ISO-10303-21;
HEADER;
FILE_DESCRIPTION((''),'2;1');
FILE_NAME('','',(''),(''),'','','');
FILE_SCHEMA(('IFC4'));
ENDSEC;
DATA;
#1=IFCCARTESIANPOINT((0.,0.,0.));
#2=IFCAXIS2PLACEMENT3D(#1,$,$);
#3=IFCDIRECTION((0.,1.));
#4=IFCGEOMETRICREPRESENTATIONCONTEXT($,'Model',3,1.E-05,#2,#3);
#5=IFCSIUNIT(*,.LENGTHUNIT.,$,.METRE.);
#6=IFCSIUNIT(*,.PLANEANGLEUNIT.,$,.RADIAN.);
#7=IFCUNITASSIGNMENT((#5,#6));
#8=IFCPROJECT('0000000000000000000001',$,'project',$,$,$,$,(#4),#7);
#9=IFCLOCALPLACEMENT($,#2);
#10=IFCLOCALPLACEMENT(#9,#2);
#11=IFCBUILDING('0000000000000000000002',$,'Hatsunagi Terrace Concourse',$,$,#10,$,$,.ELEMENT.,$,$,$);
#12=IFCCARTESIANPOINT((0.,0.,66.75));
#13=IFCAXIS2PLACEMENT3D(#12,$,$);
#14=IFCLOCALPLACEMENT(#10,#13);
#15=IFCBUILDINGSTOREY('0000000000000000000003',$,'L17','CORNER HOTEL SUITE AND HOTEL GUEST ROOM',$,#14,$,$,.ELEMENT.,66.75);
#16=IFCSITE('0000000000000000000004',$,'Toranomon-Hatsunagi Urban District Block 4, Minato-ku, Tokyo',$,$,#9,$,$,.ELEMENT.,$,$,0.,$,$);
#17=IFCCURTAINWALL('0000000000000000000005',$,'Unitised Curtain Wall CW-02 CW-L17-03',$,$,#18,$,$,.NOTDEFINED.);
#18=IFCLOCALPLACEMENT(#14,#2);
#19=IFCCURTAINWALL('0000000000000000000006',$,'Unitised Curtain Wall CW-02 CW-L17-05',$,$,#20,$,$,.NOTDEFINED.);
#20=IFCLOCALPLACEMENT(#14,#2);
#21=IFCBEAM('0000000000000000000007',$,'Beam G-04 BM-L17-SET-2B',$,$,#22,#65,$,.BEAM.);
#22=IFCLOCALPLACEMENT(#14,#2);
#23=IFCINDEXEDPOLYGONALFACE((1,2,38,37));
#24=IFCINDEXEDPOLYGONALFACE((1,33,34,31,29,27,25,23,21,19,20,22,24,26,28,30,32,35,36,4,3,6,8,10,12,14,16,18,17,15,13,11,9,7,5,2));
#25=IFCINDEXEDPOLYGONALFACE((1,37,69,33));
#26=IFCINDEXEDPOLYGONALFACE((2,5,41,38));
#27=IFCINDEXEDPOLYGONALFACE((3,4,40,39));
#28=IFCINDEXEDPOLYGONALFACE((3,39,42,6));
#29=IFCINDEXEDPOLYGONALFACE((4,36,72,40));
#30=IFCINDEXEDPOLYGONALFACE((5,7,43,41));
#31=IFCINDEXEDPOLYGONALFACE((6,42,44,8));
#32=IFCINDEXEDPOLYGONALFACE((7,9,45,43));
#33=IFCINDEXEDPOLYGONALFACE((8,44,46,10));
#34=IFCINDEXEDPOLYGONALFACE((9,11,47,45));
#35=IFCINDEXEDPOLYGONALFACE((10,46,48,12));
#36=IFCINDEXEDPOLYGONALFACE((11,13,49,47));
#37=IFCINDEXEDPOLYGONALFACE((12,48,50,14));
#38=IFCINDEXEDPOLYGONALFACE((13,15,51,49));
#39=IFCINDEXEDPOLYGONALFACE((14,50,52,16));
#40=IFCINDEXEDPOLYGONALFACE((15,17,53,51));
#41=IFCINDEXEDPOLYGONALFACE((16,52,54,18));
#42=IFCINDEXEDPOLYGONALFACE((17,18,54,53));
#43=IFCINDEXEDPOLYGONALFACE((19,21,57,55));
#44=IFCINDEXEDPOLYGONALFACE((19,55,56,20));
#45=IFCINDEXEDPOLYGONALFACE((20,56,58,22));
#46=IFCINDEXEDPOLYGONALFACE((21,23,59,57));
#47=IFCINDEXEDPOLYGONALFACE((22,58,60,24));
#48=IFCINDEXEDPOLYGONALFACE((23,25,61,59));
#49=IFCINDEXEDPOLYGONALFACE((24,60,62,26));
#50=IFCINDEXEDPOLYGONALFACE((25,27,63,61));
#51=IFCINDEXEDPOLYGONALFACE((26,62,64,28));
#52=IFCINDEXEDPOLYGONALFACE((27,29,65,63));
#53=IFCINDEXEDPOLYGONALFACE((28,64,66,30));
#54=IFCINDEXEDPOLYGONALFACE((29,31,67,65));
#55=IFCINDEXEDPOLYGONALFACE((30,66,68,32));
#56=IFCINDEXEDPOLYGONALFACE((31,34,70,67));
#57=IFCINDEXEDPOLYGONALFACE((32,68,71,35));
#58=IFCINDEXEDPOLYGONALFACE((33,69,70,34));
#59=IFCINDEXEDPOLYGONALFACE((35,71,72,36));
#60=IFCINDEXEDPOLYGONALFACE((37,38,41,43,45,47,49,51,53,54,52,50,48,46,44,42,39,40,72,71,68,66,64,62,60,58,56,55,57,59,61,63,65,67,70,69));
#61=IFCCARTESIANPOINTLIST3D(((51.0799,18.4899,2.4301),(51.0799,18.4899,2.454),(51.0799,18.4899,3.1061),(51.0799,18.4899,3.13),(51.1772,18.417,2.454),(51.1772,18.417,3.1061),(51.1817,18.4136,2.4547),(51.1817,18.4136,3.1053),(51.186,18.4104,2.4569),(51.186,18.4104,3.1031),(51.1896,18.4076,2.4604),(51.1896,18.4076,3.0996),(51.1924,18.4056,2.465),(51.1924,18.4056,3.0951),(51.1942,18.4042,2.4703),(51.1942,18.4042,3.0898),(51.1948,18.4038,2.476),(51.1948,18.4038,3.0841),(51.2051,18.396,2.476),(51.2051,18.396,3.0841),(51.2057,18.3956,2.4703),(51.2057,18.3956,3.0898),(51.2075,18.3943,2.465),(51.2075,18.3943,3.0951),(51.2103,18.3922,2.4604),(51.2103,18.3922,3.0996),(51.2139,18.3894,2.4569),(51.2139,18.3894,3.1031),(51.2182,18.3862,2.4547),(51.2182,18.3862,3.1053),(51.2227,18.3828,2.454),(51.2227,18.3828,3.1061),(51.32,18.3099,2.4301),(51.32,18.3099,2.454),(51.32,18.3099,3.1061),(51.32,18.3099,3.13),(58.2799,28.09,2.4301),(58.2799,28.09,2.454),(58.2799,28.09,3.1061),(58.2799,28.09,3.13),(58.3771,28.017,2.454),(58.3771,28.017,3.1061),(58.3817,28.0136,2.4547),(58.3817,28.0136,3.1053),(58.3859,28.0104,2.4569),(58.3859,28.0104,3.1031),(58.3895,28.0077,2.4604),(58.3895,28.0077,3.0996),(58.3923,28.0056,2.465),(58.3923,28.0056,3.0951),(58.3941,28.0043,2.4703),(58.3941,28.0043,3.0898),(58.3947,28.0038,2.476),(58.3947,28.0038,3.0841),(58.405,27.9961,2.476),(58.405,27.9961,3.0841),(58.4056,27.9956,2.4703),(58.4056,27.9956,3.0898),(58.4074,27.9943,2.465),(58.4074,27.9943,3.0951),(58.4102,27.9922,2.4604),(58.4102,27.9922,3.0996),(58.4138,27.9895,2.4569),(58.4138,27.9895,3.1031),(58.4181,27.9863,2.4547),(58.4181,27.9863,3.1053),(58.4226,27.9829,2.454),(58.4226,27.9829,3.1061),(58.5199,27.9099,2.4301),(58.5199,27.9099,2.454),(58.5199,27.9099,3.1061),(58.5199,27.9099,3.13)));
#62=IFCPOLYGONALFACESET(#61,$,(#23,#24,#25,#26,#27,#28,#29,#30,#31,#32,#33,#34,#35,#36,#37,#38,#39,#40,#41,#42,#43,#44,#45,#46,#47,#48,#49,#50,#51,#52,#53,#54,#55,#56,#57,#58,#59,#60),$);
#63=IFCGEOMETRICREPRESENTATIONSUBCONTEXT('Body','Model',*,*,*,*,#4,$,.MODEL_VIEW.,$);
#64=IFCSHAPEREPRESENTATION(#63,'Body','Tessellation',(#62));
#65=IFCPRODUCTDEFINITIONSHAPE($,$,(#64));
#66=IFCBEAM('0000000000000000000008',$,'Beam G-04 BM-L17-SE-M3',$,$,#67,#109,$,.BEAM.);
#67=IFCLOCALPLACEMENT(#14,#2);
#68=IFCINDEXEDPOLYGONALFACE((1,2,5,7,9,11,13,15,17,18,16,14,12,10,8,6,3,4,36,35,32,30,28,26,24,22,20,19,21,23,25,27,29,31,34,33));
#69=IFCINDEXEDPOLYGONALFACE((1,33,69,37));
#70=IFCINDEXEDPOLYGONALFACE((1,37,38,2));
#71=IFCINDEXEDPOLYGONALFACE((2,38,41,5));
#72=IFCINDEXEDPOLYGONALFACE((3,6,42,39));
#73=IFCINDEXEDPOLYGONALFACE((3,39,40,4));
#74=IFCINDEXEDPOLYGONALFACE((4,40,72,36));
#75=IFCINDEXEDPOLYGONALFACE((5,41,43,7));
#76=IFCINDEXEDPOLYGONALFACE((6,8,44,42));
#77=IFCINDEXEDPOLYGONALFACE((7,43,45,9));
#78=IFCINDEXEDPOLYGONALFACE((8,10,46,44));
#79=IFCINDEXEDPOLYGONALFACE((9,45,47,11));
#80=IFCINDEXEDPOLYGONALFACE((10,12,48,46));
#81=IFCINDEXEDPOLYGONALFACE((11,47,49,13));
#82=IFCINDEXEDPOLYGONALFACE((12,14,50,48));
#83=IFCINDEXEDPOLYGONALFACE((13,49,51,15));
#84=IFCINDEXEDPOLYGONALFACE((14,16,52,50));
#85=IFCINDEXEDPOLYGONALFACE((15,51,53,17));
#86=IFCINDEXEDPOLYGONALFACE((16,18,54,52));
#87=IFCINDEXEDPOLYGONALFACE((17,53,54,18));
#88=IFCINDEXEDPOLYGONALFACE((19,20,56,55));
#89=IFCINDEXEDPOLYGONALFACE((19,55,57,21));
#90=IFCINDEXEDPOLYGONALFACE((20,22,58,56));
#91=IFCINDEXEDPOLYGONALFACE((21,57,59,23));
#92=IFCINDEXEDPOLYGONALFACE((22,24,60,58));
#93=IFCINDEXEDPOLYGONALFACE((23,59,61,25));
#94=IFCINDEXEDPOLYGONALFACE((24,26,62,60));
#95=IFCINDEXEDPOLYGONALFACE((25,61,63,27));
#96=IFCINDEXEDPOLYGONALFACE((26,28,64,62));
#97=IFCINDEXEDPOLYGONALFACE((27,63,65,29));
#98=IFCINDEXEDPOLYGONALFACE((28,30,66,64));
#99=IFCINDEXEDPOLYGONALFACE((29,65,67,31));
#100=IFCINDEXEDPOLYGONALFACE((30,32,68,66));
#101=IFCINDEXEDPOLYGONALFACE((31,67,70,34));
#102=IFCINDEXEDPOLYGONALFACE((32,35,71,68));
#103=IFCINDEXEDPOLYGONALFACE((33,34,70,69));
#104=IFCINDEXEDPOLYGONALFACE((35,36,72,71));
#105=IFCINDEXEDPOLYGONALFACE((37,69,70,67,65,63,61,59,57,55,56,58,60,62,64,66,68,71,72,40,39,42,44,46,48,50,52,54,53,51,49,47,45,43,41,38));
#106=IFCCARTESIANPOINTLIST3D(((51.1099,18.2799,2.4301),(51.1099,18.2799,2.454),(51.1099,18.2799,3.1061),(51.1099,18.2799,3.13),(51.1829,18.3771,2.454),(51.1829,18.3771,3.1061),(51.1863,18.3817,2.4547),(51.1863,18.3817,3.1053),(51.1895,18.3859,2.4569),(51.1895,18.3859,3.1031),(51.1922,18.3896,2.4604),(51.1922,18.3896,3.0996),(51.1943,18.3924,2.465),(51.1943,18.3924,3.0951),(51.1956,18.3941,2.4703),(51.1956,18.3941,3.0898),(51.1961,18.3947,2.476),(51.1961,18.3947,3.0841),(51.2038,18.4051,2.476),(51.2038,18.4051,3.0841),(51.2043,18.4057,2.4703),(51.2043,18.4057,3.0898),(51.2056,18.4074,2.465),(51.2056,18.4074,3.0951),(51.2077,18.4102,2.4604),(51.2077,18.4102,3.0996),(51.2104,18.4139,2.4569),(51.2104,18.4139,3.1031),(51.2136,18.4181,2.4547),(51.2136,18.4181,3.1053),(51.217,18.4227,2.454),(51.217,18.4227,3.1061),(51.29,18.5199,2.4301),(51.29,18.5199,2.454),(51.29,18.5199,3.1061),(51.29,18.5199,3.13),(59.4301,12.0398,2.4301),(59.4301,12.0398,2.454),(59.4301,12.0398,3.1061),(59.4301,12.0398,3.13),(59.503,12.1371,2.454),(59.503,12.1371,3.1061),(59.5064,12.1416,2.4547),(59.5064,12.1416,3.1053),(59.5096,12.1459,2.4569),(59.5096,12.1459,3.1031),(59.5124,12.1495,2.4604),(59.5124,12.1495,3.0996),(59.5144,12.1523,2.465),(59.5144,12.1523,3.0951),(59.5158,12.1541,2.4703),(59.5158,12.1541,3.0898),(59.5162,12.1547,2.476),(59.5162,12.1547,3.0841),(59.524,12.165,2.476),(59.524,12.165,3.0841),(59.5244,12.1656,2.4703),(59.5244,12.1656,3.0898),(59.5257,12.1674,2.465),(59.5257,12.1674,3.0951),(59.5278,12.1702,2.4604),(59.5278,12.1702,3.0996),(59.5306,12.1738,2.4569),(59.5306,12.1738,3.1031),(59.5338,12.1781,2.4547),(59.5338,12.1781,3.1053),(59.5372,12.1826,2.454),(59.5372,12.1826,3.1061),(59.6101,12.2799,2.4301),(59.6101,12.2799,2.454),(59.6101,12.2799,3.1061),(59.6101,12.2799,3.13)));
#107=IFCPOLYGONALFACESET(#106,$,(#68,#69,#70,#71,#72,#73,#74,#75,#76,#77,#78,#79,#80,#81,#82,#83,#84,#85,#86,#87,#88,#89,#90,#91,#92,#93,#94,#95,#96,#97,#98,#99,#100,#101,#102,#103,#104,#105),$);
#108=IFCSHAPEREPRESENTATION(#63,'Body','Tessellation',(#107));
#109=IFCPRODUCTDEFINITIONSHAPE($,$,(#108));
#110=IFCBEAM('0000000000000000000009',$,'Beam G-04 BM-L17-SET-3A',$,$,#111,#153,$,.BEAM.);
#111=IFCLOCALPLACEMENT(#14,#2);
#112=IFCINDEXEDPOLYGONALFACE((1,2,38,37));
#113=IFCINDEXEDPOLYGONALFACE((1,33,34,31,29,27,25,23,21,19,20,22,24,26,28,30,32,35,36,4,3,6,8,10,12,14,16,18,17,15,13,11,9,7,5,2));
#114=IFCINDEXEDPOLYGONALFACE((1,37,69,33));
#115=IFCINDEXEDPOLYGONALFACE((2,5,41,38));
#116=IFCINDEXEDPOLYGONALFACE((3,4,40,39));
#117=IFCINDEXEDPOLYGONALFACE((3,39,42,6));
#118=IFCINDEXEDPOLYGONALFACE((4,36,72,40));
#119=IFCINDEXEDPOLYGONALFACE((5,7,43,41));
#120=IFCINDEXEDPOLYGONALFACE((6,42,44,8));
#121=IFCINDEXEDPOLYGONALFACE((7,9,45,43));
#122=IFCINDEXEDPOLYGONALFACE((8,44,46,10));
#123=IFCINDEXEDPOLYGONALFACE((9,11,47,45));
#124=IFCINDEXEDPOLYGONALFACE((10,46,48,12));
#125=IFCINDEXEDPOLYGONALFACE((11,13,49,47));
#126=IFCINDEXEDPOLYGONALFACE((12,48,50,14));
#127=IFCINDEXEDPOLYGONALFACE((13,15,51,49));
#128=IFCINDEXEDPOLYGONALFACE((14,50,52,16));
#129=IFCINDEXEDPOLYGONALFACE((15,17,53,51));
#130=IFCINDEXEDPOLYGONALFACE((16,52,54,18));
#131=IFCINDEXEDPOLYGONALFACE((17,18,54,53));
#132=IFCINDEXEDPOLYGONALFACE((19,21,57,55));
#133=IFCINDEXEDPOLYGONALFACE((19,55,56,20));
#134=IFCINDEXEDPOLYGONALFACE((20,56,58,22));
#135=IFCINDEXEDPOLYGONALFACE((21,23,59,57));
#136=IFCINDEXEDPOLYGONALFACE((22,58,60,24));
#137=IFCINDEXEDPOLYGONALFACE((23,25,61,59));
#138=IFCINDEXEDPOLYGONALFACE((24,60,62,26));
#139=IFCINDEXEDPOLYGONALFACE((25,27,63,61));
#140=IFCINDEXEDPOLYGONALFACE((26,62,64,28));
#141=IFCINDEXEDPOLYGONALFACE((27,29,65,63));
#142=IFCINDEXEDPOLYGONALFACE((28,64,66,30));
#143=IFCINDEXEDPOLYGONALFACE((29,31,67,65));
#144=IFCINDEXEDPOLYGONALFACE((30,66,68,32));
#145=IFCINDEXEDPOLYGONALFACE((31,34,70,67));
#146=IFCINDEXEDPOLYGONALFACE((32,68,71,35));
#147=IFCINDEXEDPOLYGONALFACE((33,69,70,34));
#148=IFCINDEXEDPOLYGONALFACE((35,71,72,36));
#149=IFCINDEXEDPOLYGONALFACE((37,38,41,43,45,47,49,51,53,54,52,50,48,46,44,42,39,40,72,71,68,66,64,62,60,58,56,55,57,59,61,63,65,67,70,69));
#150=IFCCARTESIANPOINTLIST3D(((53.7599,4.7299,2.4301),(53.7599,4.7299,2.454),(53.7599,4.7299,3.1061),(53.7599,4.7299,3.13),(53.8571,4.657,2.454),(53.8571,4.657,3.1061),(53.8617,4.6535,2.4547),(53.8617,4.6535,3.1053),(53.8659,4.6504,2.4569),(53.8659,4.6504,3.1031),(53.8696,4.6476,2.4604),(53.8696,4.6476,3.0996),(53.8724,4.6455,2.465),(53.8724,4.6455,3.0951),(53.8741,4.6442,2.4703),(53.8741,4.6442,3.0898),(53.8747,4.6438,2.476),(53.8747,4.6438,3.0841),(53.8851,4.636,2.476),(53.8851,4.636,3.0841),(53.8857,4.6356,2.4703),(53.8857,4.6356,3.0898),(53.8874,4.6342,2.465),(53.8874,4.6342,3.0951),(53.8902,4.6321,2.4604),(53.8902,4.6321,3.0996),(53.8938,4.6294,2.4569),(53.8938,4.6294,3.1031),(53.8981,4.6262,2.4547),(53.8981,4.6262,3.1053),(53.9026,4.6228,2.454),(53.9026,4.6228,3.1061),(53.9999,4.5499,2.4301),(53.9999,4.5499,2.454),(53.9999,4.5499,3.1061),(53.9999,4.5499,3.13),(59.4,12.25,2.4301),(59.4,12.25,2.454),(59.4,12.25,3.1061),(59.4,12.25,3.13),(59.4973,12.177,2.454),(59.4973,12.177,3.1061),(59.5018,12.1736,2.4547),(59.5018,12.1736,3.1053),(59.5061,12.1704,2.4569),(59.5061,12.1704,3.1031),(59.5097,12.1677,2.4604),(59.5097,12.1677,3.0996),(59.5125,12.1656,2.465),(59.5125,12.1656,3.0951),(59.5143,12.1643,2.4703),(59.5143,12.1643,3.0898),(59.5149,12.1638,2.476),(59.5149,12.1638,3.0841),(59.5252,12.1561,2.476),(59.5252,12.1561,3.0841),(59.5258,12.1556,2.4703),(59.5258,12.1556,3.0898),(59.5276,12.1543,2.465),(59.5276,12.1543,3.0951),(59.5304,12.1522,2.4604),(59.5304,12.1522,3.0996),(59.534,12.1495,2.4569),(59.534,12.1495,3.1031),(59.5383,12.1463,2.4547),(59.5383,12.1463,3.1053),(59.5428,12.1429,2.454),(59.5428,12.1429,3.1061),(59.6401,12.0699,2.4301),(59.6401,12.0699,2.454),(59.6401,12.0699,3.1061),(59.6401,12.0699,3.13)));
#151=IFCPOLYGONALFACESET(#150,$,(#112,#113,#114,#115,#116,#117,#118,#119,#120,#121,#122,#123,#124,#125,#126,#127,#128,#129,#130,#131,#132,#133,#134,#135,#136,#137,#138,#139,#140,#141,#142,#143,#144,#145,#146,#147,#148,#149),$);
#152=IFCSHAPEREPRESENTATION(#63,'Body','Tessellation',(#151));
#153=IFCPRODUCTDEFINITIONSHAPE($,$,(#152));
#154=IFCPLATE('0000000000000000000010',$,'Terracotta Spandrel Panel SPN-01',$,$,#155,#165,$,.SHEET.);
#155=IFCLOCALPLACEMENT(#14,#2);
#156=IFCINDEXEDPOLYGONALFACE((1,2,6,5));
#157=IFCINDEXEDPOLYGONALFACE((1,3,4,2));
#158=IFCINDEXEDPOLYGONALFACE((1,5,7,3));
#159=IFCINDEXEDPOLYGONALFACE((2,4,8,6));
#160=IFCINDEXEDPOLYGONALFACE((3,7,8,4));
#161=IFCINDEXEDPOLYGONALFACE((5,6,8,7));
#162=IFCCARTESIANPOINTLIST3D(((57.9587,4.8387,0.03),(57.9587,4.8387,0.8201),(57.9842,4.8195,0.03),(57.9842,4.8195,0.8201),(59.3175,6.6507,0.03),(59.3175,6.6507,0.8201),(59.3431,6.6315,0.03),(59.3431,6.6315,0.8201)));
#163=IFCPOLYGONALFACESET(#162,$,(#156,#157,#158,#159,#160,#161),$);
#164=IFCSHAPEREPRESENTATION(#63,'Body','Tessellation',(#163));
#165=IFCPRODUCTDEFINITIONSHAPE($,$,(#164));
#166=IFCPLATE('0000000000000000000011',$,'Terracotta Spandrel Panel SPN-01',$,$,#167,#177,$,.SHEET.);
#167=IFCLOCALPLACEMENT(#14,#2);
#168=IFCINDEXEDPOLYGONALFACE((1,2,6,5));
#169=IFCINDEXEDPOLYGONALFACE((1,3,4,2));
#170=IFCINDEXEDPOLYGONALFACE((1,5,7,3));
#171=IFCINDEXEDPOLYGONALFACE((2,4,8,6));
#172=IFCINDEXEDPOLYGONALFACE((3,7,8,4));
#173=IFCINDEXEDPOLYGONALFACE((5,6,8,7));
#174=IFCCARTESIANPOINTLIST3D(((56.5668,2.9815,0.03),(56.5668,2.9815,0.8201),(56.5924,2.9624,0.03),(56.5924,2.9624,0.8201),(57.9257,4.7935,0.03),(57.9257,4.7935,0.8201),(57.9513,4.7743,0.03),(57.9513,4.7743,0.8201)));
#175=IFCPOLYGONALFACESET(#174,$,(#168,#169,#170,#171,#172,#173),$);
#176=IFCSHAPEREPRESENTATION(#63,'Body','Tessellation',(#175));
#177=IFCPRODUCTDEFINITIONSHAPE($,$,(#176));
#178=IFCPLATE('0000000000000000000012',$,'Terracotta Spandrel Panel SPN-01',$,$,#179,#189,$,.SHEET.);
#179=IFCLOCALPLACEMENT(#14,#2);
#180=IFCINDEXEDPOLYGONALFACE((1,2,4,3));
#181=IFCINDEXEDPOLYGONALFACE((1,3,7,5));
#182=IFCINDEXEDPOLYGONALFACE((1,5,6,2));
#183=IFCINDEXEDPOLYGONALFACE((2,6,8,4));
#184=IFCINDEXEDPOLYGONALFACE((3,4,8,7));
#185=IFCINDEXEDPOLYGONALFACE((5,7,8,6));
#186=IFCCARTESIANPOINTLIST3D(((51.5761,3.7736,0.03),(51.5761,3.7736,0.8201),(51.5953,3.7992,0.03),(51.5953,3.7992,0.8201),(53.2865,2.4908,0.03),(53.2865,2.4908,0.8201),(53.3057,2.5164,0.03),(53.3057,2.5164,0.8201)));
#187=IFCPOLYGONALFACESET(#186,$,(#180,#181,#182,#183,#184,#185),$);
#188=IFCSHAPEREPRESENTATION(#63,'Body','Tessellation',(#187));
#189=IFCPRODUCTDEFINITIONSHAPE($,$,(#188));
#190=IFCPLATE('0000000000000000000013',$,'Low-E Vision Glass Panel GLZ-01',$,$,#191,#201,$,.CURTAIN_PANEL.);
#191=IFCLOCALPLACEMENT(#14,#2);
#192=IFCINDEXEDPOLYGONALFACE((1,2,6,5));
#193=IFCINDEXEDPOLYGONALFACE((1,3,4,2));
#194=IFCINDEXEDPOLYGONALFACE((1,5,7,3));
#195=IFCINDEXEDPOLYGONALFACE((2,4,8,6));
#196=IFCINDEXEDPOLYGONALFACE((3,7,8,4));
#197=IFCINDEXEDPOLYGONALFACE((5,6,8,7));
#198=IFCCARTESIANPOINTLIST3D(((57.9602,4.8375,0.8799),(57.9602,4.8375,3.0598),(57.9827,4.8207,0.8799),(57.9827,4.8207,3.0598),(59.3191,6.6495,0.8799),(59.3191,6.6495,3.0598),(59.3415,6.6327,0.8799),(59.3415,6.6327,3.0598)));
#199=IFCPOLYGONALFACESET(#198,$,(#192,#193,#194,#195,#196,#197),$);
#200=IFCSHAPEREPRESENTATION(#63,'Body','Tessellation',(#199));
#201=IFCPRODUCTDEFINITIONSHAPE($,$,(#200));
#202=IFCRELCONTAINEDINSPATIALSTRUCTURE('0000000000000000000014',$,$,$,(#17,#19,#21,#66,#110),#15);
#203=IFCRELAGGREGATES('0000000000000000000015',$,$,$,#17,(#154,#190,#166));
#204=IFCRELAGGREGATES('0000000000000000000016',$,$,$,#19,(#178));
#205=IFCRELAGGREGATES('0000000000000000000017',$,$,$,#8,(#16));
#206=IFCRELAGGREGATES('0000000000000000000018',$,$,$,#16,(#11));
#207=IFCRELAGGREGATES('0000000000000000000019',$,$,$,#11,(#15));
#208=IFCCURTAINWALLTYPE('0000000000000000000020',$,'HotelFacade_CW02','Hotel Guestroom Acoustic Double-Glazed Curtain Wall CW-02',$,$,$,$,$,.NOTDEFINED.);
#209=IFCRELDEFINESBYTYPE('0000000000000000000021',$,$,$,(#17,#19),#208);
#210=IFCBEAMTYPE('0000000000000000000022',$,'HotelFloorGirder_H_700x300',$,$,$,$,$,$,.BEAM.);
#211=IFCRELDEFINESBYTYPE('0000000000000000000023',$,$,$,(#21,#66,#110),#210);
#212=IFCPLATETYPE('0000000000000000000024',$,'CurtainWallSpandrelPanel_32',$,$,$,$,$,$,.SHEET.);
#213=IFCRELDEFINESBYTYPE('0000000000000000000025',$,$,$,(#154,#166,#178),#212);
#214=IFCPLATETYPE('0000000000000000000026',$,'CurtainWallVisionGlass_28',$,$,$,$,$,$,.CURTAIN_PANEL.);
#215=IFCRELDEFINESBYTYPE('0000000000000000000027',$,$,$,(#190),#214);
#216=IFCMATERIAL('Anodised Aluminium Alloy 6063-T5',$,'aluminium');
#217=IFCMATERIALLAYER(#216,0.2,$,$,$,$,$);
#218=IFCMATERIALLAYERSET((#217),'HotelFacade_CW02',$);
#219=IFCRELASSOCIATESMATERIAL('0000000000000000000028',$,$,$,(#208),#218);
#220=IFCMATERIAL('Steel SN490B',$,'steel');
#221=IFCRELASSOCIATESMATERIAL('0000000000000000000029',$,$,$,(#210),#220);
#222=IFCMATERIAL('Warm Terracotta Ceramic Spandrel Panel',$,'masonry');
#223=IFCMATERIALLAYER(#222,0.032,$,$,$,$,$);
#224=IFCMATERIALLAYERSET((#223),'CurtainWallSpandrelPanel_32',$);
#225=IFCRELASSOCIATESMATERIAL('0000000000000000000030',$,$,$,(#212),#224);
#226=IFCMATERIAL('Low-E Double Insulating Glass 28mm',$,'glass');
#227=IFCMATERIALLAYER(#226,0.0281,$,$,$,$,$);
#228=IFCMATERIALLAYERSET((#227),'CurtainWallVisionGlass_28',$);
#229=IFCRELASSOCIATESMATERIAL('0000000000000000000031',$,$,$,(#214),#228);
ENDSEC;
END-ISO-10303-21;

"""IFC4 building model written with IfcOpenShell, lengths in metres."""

from ifc_helpers import new_model, si_unit, direction, frame, origin, origin_2d, place, context, subcontext, project, spatial, rectangle, i_section, extrude, material, layer, layer_set, material_profile, profile_set, type_object, element, aggregate, save


model = new_model("IFC4")

# Units and contexts
model_context = context("Model", 3, precision=1e-05, world=origin(), true_north=direction((0.0, 1.0)))
body_context = subcontext(model_context, "Body", "Model", "MODEL_VIEW")
ifc_project = project(units=[si_unit("LENGTHUNIT", "METRE"), si_unit("PLANEANGLEUNIT", "RADIAN")], contexts=[model_context])

# Site, building, storey
site_placement = place(None, origin())
site = spatial("IfcSite", under=ifc_project, at=site_placement, Name="Toranomon-Hatsunagi Urban District Block 4, Minato-ku, Tokyo", CompositionType="ELEMENT", RefElevation=0.0)
building_placement = place(site_placement, origin())
building = spatial("IfcBuilding", under=site, at=building_placement, Name="Hatsunagi Terrace Concourse", CompositionType="ELEMENT")
storey_placement = place(building_placement, frame((0.0, 0.0, 66.75)))
storey = spatial("IfcBuildingStorey", under=building, at=storey_placement, Name="L17", Description="CORNER HOTEL SUITE AND HOTEL GUEST ROOM", CompositionType="ELEMENT", Elevation=66.75)

# Curtain walls
ifc_material_1 = material(Name="Anodised Aluminium Alloy 6063-T5", Category="aluminium")
ifc_layer_1 = layer(ifc_material_1, 0.2)
ifc_layer_set_1 = layer_set([ifc_layer_1], Name="HotelFacade_CW02")
curtain_wall_type = type_object("IfcCurtainWallType", Name="HotelFacade_CW02", Description="Hotel Guestroom Acoustic Double-Glazed Curtain Wall CW-02", PredefinedType="NOTDEFINED", material=ifc_layer_set_1)
curtain_wall_1_placement = place(storey_placement, origin())
curtain_wall_1 = element("IfcCurtainWall", 1, at=curtain_wall_1_placement, inside=storey, type_object=curtain_wall_type, Name="Unitised Curtain Wall CW-02 CW-L17-03", PredefinedType="NOTDEFINED")
curtain_wall_2_placement = place(storey_placement, origin())
curtain_wall_2 = element("IfcCurtainWall", 2, at=curtain_wall_2_placement, inside=storey, type_object=curtain_wall_type, Name="Unitised Curtain Wall CW-02 CW-L17-05", PredefinedType="NOTDEFINED")

# Beams
ifc_material_2 = material(Name="Steel SN490B", Category="steel")
ifc_material_profile_1 = material_profile(ifc_material_2, i_section(OverallWidth=0.3, OverallDepth=0.7, WebThickness=0.0129, FlangeThickness=0.0239, FilletRadius=0.022, at=origin_2d()), Name="H-700x300x13x24")
ifc_profile_set_1 = profile_set([ifc_material_profile_1], Name="Steel SN490B")
beam_type = type_object("IfcBeamType", Name="HotelFloorGirder_H_700x300", PredefinedType="BEAM", material=ifc_profile_set_1)
beam_1_placement = place(storey_placement, frame((51.2, 18.3999, 2.78), z_axis=(0.599993, 0.800005, 0.0), x_axis=(-0.800005, 0.599993, 0.0)))
element("IfcBeam", 3, at=beam_1_placement, inside=storey, type_object=beam_type, Name="Beam G-04 BM-L17-SET-2B", PredefinedType="BEAM", context=body_context, shape_type="SweptSolid", body=[
    extrude(i_section(OverallWidth=0.3, OverallDepth=0.7, WebThickness=0.0129, FlangeThickness=0.0239, FilletRadius=0.022, at=origin_2d()), origin(), (0.0, 0.0, 1.0), 12.0),
])
beam_2_placement = place(storey_placement, frame((51.2, 18.3999, 2.78), z_axis=(0.800003, -0.599996, 0.0), x_axis=(0.599996, 0.800003, 0.0)))
element("IfcBeam", 4, at=beam_2_placement, inside=storey, type_object=beam_type, Name="Beam G-04 BM-L17-SE-M3", PredefinedType="BEAM", context=body_context, shape_type="SweptSolid", body=[
    extrude(i_section(OverallWidth=0.3, OverallDepth=0.7, WebThickness=0.0129, FlangeThickness=0.0239, FilletRadius=0.022, at=origin_2d()), origin(), (0.0, 0.0, 1.0), 10.4001),
])
beam_3_placement = place(storey_placement, frame((53.8799, 4.6399, 2.78), z_axis=(0.600008, 0.799994, 0.0), x_axis=(-0.799994, 0.600008, 0.0)))
element("IfcBeam", 5, at=beam_3_placement, inside=storey, type_object=beam_type, Name="Beam G-04 BM-L17-SET-3A", PredefinedType="BEAM", context=body_context, shape_type="SweptSolid", body=[
    extrude(i_section(OverallWidth=0.3, OverallDepth=0.7, WebThickness=0.0129, FlangeThickness=0.0239, FilletRadius=0.022, at=origin_2d()), origin(), (0.0, 0.0, 1.0), 9.4001),
])

# Plates
ifc_material_3 = material(Name="Warm Terracotta Ceramic Spandrel Panel", Category="masonry")
ifc_layer_2 = layer(ifc_material_3, 0.032)
ifc_layer_set_2 = layer_set([ifc_layer_2], Name="CurtainWallSpandrelPanel_32")
plate_type_1 = type_object("IfcPlateType", Name="CurtainWallSpandrelPanel_32", PredefinedType="SHEET", material=ifc_layer_set_2)
plate_1_placement = place(storey_placement, frame((58.6509, 5.7351, 0.03), z_axis=(0.0, 0.0, 1.0), x_axis=(-0.599969, -0.800023, 0.0)))
plate_1 = element("IfcPlate", 6, at=plate_1_placement, type_object=plate_type_1, Name="Terracotta Spandrel Panel SPN-01", PredefinedType="SHEET", context=body_context, shape_type="SweptSolid", body=[
    extrude(rectangle(XDim=2.2649, YDim=0.032, at=origin_2d()), origin(), (0.0, 0.0, 1.0), 0.79),
])
plate_2_placement = place(storey_placement, frame((57.259, 3.8779, 0.03), z_axis=(0.0, 0.0, 1.0), x_axis=(-0.599969, -0.800023, 0.0)))
plate_2 = element("IfcPlate", 7, at=plate_2_placement, type_object=plate_type_1, Name="Terracotta Spandrel Panel SPN-01", PredefinedType="SHEET", context=body_context, shape_type="SweptSolid", body=[
    extrude(rectangle(XDim=2.2649, YDim=0.032, at=origin_2d()), origin(), (0.0, 0.0, 1.0), 0.79),
])
plate_3_placement = place(storey_placement, frame((52.4409, 3.145, 0.03), z_axis=(0.0, 0.0, 1.0), x_axis=(-0.800003, 0.599996, 0.0)))
plate_3 = element("IfcPlate", 8, at=plate_3_placement, type_object=plate_type_1, Name="Terracotta Spandrel Panel SPN-01", PredefinedType="SHEET", context=body_context, shape_type="SweptSolid", body=[
    extrude(rectangle(XDim=2.1379, YDim=0.032, at=origin_2d()), origin(), (0.0, 0.0, 1.0), 0.79),
])
ifc_material_4 = material(Name="Low-E Double Insulating Glass 28mm", Category="glass")
ifc_layer_3 = layer(ifc_material_4, 0.0281)
ifc_layer_set_3 = layer_set([ifc_layer_3], Name="CurtainWallVisionGlass_28")
plate_type_2 = type_object("IfcPlateType", Name="CurtainWallVisionGlass_28", PredefinedType="CURTAIN_PANEL", material=ifc_layer_set_3)
plate_4_placement = place(storey_placement, frame((58.6509, 5.7351, 0.8799), z_axis=(0.0, 0.0, 1.0), x_axis=(-0.599969, -0.800023, 0.0)))
plate_4 = element("IfcPlate", 9, at=plate_4_placement, type_object=plate_type_2, Name="Low-E Vision Glass Panel GLZ-01", PredefinedType="CURTAIN_PANEL", context=body_context, shape_type="SweptSolid", body=[
    extrude(rectangle(XDim=2.2649, YDim=0.0281, at=origin_2d()), origin(), (0.0, 0.0, 1.0), 2.1799),
])
aggregate(curtain_wall_1, [plate_1, plate_4, plate_2])
aggregate(curtain_wall_2, [plate_3])

save(model, "model.ifc")
